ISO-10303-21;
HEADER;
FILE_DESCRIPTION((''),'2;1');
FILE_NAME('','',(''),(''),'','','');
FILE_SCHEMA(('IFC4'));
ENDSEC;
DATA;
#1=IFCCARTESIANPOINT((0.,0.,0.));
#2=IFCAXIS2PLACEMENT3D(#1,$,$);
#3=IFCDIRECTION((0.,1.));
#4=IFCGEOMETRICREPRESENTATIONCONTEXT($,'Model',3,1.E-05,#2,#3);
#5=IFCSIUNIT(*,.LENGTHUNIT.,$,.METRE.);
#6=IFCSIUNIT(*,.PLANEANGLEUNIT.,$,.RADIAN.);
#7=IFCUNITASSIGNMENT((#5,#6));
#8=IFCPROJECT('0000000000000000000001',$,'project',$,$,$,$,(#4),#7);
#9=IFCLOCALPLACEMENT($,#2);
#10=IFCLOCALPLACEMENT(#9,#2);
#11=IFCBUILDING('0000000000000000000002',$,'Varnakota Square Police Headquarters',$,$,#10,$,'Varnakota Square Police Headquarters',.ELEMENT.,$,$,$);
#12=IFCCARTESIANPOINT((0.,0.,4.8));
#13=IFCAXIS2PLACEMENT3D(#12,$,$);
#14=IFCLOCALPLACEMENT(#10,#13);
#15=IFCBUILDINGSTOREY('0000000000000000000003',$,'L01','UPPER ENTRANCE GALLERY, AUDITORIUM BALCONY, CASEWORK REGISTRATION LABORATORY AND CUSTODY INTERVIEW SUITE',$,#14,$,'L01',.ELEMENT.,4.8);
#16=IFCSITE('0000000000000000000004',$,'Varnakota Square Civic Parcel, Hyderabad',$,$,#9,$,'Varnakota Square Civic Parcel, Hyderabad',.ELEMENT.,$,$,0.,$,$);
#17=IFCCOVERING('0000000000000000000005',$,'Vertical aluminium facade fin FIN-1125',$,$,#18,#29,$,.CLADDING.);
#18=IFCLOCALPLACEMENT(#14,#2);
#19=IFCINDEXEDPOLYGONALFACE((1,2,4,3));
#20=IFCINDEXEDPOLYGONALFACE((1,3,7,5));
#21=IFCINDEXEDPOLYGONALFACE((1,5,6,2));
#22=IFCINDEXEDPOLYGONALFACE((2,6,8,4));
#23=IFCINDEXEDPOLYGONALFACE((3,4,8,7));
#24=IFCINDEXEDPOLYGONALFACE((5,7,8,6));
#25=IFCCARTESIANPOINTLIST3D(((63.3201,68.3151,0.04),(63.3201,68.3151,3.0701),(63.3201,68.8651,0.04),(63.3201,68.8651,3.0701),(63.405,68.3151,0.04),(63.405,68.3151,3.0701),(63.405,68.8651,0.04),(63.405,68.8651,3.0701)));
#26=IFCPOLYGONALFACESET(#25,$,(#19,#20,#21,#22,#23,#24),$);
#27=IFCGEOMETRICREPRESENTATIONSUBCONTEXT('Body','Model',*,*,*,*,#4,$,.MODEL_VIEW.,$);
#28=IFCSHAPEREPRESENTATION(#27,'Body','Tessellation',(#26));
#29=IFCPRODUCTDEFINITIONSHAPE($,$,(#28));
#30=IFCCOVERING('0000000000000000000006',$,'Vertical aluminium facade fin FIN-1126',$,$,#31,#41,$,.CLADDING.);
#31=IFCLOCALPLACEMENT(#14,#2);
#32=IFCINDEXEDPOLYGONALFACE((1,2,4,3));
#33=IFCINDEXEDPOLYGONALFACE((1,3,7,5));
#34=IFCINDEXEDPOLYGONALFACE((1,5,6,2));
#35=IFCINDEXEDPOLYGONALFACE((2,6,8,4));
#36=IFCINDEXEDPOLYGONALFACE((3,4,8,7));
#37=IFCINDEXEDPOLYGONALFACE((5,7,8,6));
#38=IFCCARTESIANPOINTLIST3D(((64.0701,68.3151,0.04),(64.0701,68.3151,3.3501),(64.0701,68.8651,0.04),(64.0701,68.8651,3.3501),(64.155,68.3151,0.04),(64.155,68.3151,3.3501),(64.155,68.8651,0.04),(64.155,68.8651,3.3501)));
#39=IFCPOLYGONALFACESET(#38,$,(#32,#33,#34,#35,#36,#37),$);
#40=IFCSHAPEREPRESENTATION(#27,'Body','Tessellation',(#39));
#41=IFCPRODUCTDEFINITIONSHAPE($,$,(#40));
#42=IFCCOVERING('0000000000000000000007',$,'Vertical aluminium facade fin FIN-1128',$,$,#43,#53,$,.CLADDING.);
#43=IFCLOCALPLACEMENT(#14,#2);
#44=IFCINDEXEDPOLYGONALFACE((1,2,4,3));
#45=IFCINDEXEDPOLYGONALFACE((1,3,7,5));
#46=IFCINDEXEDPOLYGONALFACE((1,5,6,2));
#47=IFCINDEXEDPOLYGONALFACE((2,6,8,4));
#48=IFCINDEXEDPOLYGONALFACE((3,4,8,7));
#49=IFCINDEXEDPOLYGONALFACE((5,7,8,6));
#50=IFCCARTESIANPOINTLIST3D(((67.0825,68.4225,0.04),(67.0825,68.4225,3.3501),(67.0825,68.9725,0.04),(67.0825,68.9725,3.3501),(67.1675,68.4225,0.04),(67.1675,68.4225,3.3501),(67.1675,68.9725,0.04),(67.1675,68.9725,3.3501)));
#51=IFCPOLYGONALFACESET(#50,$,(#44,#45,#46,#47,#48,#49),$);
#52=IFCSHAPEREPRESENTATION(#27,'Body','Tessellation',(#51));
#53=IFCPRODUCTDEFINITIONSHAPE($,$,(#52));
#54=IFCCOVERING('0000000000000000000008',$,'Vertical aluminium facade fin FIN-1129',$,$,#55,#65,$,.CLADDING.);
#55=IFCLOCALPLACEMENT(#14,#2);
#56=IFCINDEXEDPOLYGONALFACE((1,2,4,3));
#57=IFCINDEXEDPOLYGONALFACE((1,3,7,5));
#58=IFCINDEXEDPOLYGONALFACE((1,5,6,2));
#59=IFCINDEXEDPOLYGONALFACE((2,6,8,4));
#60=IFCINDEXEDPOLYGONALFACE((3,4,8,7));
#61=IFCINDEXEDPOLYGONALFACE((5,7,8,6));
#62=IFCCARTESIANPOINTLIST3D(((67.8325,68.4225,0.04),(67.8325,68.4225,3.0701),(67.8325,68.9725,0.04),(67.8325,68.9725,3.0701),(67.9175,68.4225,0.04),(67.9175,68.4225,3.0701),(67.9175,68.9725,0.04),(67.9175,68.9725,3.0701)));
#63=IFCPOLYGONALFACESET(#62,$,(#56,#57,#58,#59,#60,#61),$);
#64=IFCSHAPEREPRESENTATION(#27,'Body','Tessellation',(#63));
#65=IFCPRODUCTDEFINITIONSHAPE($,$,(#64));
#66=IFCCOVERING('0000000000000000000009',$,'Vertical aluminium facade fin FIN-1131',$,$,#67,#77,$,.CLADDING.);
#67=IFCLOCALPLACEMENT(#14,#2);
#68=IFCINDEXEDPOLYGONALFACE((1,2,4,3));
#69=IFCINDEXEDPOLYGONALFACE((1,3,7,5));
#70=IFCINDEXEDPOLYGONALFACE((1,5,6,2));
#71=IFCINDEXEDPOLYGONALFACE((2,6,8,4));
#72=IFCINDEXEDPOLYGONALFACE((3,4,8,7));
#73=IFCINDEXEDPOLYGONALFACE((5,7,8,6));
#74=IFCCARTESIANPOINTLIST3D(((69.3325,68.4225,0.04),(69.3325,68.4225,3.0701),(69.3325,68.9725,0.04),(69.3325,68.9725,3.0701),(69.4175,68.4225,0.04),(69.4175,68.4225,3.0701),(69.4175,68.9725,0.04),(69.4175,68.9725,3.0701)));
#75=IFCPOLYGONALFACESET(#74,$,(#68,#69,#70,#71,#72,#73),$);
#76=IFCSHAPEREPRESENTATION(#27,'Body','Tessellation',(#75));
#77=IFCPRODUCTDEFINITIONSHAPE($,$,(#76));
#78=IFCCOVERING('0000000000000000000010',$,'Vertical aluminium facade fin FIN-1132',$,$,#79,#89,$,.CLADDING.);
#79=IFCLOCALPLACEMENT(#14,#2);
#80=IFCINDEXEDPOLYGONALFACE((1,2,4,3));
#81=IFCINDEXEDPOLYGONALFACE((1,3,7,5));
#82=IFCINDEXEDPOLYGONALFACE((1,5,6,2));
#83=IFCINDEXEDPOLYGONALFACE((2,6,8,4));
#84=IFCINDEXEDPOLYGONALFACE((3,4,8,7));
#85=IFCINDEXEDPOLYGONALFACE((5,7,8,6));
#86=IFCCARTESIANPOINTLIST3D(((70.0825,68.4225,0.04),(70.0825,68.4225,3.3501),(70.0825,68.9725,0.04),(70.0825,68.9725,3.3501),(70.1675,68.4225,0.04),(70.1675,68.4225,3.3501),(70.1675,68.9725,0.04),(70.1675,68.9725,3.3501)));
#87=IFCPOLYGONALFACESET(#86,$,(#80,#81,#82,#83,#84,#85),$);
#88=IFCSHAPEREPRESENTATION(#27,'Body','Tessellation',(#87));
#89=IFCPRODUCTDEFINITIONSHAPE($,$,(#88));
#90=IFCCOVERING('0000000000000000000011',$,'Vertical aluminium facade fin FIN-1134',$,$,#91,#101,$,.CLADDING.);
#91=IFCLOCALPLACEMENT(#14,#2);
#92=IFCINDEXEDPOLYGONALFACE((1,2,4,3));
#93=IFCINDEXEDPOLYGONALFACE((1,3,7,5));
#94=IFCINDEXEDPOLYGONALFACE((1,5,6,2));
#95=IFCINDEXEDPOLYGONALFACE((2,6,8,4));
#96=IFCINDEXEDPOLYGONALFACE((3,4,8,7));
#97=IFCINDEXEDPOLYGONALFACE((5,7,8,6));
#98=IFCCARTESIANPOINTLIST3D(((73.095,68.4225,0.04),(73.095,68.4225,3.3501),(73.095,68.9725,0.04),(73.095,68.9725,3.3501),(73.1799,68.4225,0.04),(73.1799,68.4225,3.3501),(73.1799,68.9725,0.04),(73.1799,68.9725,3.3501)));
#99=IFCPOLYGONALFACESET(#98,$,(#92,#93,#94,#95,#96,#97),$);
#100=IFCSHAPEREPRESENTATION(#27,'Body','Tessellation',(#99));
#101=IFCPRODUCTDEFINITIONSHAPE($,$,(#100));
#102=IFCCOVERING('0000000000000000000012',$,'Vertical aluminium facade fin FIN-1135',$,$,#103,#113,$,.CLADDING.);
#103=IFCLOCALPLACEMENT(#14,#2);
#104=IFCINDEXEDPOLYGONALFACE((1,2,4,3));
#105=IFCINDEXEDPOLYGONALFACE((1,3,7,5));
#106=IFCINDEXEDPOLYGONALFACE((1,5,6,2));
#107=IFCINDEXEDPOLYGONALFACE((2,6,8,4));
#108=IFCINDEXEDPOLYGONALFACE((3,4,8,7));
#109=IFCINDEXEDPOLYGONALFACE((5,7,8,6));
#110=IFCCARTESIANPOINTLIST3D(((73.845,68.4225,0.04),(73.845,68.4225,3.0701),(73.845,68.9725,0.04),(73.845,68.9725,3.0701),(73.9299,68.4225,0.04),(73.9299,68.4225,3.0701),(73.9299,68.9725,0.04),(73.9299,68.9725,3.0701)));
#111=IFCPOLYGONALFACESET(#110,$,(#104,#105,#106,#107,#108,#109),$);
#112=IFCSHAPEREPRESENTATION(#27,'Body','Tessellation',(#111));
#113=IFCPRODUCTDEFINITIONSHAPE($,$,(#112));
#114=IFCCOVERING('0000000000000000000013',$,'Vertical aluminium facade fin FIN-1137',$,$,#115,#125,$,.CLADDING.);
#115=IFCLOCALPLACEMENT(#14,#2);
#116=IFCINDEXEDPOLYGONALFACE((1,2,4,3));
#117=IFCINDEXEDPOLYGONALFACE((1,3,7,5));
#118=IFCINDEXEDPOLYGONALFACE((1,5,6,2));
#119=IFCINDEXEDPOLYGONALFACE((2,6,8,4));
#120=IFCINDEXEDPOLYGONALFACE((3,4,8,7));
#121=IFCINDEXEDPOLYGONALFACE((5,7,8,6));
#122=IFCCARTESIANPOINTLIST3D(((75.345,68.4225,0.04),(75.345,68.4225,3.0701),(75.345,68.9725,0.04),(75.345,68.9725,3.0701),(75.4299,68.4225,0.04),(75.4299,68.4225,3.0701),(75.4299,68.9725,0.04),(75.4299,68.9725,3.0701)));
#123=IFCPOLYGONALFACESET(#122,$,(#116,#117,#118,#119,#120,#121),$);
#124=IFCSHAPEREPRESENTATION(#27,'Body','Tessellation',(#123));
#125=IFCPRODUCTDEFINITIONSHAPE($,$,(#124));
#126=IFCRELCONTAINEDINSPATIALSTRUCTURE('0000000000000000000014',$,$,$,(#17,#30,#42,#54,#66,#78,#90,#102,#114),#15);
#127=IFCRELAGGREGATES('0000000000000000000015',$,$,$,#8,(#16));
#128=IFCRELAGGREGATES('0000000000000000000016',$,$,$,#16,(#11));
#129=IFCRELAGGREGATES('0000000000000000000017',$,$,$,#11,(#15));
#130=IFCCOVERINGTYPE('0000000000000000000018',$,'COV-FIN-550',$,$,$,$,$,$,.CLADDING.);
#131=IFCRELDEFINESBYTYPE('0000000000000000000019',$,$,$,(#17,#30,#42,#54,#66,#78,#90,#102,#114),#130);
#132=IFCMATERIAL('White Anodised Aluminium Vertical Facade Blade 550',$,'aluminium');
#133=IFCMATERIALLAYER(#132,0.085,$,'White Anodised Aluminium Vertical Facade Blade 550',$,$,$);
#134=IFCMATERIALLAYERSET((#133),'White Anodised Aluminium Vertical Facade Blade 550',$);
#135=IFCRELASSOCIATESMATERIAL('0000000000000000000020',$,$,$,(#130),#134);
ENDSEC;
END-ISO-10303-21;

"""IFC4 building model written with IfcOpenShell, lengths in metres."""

from ifc_helpers import new_model, si_unit, direction, frame, origin, origin_2d, place, context, subcontext, project, spatial, rectangle, extrude, material, layer, layer_set, type_object, element, save


model = new_model("IFC4")

# Units and contexts
model_context = context("Model", 3, precision=1e-05, world=origin(), true_north=direction((0.0, 1.0)))
body_context = subcontext(model_context, "Body", "Model", "MODEL_VIEW")
ifc_project = project(units=[si_unit("LENGTHUNIT", "METRE"), si_unit("PLANEANGLEUNIT", "RADIAN")], contexts=[model_context])

# Site, building, storey
site_placement = place(None, origin())
site = spatial("IfcSite", under=ifc_project, at=site_placement, Name="Varnakota Square Civic Parcel, Hyderabad", LongName="Varnakota Square Civic Parcel, Hyderabad", CompositionType="ELEMENT", RefElevation=0.0)
building_placement = place(site_placement, origin())
building = spatial("IfcBuilding", under=site, at=building_placement, Name="Varnakota Square Police Headquarters", LongName="Varnakota Square Police Headquarters", CompositionType="ELEMENT")
storey_placement = place(building_placement, frame((0.0, 0.0, 4.8)))
storey = spatial("IfcBuildingStorey", under=building, at=storey_placement, Name="L01", Description="UPPER ENTRANCE GALLERY, AUDITORIUM BALCONY, CASEWORK REGISTRATION LABORATORY AND CUSTODY INTERVIEW SUITE", LongName="L01", CompositionType="ELEMENT", Elevation=4.8)

# Coverings
ifc_material_1 = material(Name="White Anodised Aluminium Vertical Facade Blade 550", Category="aluminium")
ifc_layer_1 = layer(ifc_material_1, 0.085, Name="White Anodised Aluminium Vertical Facade Blade 550")
ifc_layer_set_1 = layer_set([ifc_layer_1], Name="White Anodised Aluminium Vertical Facade Blade 550")
covering_type_1 = type_object("IfcCoveringType", Name="COV-FIN-550", PredefinedType="CLADDING", material=ifc_layer_set_1)
for number, where, z_axis, x_axis, name in (
    (1, (63.3625, 68.5901, 0.04), (0.0, 0.0, 1.0), (1.0, 0.0, 0.0), "Vertical aluminium facade fin FIN-1125"),
):
    element("IfcCovering", number, at=place(storey_placement, frame(where, z_axis=z_axis, x_axis=x_axis)), inside=storey, type_object=covering_type_1, Name=name, PredefinedType="CLADDING", context=body_context, shape_type="SweptSolid", body=[
        extrude(rectangle(XDim=0.085, YDim=0.55, at=origin_2d()), origin(), (0.0, 0.0, 1.0), 3.03),
    ])
for number, where, z_axis, x_axis, name in (
    (2, (64.1125, 68.5901, 0.04), (0.0, 0.0, 1.0), (1.0, 0.0, 0.0), "Vertical aluminium facade fin FIN-1126"),
    (3, (67.125, 68.6975, 0.04), (0.0, 0.0, 1.0), (1.0, 0.0, 0.0), "Vertical aluminium facade fin FIN-1128"),
):
    element("IfcCovering", number, at=place(storey_placement, frame(where, z_axis=z_axis, x_axis=x_axis)), inside=storey, type_object=covering_type_1, Name=name, PredefinedType="CLADDING", context=body_context, shape_type="SweptSolid", body=[
        extrude(rectangle(XDim=0.085, YDim=0.55, at=origin_2d()), origin(), (0.0, 0.0, 1.0), 3.3101),
    ])
for number, where, z_axis, x_axis, name in (
    (4, (67.875, 68.6975, 0.04), (0.0, 0.0, 1.0), (1.0, 0.0, 0.0), "Vertical aluminium facade fin FIN-1129"),
    (5, (69.375, 68.6975, 0.04), (0.0, 0.0, 1.0), (1.0, 0.0, 0.0), "Vertical aluminium facade fin FIN-1131"),
):
    element("IfcCovering", number, at=place(storey_placement, frame(where, z_axis=z_axis, x_axis=x_axis)), inside=storey, type_object=covering_type_1, Name=name, PredefinedType="CLADDING", context=body_context, shape_type="SweptSolid", body=[
        extrude(rectangle(XDim=0.085, YDim=0.55, at=origin_2d()), origin(), (0.0, 0.0, 1.0), 3.03),
    ])
for number, where, z_axis, x_axis, name in (
    (6, (70.125, 68.6975, 0.04), (0.0, 0.0, 1.0), (1.0, 0.0, 0.0), "Vertical aluminium facade fin FIN-1132"),
    (7, (73.1375, 68.6975, 0.04), (0.0, 0.0, 1.0), (1.0, 0.0, 0.0), "Vertical aluminium facade fin FIN-1134"),
):
    element("IfcCovering", number, at=place(storey_placement, frame(where, z_axis=z_axis, x_axis=x_axis)), inside=storey, type_object=covering_type_1, Name=name, PredefinedType="CLADDING", context=body_context, shape_type="SweptSolid", body=[
        extrude(rectangle(XDim=0.085, YDim=0.55, at=origin_2d()), origin(), (0.0, 0.0, 1.0), 3.3101),
    ])
for number, where, z_axis, x_axis, name in (
    (8, (73.8875, 68.6975, 0.04), (0.0, 0.0, 1.0), (1.0, 0.0, 0.0), "Vertical aluminium facade fin FIN-1135"),
    (9, (75.3875, 68.6975, 0.04), (0.0, 0.0, 1.0), (1.0, 0.0, 0.0), "Vertical aluminium facade fin FIN-1137"),
):
    element("IfcCovering", number, at=place(storey_placement, frame(where, z_axis=z_axis, x_axis=x_axis)), inside=storey, type_object=covering_type_1, Name=name, PredefinedType="CLADDING", context=body_context, shape_type="SweptSolid", body=[
        extrude(rectangle(XDim=0.085, YDim=0.55, at=origin_2d()), origin(), (0.0, 0.0, 1.0), 3.03),
    ])

save(model, "model.ifc")
